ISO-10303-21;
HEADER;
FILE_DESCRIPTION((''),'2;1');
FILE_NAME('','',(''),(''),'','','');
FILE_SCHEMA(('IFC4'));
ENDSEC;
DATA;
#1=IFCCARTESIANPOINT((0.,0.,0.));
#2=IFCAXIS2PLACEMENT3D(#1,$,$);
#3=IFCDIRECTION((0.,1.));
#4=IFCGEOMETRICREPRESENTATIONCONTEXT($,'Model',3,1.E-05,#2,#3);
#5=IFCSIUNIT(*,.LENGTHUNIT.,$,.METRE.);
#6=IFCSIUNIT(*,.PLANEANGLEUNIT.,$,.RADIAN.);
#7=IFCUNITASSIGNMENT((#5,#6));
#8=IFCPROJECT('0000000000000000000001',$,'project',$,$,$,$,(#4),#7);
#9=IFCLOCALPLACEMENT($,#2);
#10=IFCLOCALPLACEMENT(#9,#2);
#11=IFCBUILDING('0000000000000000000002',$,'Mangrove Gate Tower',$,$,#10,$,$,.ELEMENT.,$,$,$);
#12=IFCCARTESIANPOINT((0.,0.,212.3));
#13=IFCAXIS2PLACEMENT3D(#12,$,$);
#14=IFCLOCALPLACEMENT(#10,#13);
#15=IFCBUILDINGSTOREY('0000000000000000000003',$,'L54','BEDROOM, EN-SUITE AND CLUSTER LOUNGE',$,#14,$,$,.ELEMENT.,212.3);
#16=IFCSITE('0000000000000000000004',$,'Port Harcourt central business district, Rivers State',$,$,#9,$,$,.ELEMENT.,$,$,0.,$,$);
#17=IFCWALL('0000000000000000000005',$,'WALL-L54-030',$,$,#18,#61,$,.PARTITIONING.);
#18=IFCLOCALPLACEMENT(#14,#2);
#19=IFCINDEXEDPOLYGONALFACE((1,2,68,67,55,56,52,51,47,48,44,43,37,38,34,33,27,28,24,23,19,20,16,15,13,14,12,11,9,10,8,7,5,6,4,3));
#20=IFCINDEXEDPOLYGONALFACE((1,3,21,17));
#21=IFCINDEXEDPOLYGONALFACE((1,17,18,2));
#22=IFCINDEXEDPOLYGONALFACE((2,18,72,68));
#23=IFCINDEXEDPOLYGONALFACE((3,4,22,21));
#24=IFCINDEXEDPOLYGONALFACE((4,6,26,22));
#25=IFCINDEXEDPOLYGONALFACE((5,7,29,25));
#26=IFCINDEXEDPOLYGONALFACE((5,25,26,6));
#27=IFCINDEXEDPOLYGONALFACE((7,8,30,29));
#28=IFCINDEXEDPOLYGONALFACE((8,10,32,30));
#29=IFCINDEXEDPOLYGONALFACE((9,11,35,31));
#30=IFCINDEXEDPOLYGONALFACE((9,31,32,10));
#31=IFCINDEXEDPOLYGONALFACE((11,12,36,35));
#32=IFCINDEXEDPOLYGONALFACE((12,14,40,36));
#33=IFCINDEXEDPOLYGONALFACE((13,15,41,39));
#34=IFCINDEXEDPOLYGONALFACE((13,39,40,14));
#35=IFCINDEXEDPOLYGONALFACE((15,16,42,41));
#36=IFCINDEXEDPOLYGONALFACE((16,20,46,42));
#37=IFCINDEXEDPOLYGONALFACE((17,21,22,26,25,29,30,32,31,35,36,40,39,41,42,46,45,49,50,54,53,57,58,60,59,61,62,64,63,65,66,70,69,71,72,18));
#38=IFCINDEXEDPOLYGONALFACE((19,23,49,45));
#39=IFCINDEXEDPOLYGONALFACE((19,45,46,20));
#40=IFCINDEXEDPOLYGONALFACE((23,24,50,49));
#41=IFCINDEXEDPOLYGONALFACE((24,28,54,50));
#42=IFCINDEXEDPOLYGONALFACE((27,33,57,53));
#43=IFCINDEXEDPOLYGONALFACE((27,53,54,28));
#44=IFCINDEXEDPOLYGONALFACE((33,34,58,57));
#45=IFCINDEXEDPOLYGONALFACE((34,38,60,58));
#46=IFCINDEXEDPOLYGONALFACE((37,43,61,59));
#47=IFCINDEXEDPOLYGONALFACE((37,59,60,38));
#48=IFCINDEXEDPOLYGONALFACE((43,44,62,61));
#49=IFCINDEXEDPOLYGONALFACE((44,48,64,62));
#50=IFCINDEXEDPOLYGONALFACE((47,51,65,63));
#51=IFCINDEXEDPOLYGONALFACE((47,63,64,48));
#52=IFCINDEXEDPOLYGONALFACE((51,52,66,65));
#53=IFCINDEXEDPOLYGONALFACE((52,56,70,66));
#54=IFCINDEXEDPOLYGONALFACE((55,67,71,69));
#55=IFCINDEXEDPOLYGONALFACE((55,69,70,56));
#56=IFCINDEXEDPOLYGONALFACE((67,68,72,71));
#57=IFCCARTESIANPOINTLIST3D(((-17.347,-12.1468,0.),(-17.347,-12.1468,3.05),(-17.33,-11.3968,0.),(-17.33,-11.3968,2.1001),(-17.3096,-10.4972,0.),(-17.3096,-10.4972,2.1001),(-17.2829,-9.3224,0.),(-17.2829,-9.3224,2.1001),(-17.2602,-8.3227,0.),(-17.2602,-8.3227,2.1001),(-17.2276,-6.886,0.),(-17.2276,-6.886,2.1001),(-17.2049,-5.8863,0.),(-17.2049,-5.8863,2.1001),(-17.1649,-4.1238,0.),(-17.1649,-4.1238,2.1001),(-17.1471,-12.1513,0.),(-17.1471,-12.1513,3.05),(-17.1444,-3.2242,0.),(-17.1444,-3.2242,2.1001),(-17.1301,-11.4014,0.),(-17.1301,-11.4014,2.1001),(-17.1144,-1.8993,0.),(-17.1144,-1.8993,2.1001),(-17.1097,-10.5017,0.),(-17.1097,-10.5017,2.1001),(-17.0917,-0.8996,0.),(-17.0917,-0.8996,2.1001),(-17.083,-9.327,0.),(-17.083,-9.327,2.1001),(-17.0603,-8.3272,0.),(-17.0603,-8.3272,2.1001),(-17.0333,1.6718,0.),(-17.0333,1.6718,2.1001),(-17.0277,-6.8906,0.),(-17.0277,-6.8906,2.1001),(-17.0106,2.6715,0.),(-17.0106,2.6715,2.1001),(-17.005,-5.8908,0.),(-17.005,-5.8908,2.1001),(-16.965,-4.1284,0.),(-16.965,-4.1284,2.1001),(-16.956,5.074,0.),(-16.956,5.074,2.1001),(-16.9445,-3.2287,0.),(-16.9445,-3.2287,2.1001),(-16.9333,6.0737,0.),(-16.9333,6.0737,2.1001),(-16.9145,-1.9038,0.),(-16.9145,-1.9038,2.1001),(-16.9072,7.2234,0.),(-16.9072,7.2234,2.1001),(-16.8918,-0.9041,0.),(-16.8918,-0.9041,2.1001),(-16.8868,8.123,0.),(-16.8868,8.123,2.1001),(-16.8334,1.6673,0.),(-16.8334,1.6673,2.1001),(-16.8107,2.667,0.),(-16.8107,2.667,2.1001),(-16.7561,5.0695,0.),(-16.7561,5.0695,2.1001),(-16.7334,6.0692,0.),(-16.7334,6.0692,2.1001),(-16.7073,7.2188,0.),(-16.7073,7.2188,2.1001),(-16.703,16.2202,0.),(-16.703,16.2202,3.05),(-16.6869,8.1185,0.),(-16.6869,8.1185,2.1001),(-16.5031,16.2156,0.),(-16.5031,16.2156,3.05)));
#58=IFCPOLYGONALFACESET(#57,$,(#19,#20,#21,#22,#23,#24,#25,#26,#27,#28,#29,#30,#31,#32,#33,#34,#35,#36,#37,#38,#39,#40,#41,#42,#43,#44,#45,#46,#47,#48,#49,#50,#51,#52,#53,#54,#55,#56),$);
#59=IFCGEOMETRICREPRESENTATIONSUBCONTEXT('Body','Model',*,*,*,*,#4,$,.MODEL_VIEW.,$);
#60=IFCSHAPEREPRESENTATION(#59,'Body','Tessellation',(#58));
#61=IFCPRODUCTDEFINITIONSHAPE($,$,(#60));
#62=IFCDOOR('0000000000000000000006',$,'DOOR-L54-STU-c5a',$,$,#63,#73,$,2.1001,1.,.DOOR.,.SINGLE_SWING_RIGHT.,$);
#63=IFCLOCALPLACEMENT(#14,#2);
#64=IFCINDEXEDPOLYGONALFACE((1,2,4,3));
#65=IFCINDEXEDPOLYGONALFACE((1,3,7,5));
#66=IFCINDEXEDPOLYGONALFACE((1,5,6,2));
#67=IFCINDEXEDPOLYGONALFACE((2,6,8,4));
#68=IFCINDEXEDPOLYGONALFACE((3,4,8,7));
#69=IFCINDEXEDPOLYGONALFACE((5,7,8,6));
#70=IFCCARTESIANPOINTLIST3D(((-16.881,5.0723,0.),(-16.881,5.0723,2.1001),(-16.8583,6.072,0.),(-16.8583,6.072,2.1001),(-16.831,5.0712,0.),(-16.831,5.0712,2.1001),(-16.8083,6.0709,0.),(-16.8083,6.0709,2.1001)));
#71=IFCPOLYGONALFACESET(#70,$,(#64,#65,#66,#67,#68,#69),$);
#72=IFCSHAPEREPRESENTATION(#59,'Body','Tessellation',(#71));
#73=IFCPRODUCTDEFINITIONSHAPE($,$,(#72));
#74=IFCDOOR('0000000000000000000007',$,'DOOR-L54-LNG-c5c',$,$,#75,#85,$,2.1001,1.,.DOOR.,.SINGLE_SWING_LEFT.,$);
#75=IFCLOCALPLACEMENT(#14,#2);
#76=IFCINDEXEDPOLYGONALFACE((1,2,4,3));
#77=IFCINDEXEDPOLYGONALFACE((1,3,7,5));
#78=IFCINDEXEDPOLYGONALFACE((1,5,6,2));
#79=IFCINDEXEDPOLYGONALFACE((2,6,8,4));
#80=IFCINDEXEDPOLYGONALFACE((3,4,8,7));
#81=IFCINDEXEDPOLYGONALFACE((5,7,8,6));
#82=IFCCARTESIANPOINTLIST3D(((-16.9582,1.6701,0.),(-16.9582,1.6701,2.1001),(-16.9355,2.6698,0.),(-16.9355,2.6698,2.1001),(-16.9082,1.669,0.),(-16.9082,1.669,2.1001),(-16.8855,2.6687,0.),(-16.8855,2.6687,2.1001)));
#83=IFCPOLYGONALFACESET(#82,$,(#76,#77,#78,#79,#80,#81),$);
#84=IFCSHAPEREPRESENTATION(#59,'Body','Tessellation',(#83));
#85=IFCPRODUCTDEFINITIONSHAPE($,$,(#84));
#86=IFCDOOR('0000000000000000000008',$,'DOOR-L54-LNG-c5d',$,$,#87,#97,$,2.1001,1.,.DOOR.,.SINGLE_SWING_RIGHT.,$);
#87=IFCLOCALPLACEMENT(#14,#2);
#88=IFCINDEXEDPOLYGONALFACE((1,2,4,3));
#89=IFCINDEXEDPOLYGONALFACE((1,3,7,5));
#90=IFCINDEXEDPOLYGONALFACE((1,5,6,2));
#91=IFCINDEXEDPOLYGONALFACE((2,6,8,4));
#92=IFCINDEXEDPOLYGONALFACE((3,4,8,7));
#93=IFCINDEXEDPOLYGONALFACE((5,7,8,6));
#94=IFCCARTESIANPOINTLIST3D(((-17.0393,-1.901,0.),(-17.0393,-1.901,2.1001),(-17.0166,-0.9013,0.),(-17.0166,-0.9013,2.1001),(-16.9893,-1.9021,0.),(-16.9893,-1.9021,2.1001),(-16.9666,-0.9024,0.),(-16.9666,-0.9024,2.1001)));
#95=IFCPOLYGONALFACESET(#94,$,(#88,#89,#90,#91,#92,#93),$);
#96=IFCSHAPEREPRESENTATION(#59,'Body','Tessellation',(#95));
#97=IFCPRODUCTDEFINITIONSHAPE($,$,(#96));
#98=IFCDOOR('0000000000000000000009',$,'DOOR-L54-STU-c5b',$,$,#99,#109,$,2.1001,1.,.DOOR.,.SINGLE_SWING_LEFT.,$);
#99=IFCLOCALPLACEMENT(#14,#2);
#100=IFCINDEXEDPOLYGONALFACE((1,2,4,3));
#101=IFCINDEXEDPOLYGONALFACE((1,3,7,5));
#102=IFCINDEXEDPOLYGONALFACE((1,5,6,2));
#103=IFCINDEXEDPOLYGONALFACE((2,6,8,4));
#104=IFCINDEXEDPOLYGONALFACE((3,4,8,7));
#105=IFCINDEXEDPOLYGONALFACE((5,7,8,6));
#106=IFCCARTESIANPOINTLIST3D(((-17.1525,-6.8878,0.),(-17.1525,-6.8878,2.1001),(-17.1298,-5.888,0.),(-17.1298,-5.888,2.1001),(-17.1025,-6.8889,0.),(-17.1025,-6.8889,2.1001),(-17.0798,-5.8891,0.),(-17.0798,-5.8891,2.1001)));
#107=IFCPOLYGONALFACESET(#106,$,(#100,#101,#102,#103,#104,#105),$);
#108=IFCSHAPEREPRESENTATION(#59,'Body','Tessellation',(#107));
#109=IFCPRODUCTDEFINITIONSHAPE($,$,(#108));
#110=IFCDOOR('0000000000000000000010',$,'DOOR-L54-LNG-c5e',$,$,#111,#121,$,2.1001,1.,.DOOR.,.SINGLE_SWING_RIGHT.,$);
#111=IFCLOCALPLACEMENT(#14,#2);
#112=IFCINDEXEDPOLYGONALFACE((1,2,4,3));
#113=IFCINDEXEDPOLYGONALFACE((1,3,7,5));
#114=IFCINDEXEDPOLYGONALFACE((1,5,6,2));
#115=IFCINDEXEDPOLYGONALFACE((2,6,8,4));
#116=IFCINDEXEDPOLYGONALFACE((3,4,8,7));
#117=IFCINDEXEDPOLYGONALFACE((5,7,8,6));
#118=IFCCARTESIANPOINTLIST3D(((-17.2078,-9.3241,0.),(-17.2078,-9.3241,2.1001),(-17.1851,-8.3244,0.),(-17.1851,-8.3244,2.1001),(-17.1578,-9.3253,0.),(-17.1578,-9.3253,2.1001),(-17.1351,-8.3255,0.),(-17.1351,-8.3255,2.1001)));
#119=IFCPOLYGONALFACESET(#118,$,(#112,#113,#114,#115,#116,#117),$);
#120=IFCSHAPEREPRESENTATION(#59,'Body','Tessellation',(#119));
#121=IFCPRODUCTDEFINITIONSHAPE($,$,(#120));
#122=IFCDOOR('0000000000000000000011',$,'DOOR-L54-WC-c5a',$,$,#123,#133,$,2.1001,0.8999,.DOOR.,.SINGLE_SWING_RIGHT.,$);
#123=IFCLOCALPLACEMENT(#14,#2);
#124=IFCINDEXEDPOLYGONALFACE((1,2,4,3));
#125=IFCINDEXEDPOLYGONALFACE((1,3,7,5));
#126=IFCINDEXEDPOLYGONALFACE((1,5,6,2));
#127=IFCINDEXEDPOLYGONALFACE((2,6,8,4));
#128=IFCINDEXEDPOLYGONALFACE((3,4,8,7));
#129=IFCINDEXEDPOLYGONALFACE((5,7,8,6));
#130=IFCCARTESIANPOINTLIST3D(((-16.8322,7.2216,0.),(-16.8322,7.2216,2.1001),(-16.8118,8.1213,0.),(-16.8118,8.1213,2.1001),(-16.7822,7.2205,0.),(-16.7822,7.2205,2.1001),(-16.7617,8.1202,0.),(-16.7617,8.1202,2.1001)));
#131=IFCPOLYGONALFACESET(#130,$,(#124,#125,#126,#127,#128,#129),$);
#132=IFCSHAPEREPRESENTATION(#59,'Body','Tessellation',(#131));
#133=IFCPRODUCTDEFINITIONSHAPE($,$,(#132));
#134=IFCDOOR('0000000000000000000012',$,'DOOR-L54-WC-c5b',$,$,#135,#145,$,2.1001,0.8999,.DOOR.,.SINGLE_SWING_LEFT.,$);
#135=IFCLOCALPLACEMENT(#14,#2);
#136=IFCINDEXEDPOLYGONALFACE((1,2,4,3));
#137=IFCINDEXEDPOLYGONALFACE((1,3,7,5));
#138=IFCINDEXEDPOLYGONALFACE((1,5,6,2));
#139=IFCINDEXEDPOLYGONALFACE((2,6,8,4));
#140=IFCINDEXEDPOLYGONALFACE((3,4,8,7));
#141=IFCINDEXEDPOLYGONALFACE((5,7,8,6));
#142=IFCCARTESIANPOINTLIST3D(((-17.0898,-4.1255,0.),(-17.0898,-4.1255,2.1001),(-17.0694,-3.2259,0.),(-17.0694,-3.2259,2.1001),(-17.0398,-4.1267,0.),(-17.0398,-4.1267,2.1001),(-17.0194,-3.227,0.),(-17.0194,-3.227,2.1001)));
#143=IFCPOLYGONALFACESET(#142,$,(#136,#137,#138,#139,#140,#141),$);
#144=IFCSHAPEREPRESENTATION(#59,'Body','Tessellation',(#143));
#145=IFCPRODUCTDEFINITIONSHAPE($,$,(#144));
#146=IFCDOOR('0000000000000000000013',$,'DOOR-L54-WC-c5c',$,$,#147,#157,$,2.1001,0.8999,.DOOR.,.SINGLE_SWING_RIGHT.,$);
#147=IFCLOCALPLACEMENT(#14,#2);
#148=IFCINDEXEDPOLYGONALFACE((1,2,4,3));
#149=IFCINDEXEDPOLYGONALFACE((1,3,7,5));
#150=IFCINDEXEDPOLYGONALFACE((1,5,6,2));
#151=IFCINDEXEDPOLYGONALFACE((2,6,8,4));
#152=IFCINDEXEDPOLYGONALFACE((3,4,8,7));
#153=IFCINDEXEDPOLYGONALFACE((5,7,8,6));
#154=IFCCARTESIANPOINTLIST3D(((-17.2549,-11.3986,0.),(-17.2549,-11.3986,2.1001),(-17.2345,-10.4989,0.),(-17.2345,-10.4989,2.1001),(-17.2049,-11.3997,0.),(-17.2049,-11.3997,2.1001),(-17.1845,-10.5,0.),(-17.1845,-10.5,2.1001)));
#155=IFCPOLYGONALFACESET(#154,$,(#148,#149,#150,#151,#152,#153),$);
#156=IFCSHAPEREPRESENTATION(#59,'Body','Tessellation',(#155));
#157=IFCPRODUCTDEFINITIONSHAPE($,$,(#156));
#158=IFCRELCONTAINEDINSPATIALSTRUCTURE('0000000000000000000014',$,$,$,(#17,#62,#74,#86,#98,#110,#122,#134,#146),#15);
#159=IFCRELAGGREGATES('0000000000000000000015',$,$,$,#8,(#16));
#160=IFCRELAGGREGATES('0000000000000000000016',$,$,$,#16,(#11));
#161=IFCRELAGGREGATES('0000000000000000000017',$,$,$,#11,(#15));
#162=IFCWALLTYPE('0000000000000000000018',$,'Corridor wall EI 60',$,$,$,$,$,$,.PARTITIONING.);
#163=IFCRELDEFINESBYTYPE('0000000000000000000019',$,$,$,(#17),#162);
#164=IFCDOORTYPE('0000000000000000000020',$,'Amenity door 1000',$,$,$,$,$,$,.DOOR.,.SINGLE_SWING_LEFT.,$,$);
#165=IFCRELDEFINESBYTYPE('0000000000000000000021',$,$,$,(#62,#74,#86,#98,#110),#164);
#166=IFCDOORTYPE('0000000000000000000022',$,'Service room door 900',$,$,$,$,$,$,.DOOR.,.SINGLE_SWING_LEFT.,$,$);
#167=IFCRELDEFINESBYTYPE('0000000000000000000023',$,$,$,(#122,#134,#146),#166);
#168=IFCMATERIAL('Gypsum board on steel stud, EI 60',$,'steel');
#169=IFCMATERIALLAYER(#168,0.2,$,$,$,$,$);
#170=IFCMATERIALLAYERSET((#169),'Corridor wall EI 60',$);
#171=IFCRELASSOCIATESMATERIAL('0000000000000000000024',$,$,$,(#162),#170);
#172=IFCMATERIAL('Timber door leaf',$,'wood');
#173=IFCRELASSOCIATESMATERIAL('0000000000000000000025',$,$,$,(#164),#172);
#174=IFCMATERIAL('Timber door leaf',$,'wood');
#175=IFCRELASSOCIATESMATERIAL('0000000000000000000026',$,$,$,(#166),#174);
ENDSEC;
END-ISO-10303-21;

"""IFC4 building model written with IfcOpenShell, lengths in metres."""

from ifc_helpers import new_model, si_unit, direction, frame, frame_2d, origin, place, context, subcontext, project, spatial, rectangle, extrude, material, layer, layer_set, type_object, element, fill, save


model = new_model("IFC4")

# Units and contexts
model_context = context("Model", 3, precision=1e-05, world=origin(), true_north=direction((0.0, 1.0)))
body_context = subcontext(model_context, "Body", "Model", "MODEL_VIEW")
ifc_project = project(units=[si_unit("LENGTHUNIT", "METRE"), si_unit("PLANEANGLEUNIT", "RADIAN")], contexts=[model_context])

# Site, building, storey
site_placement = place(None, origin())
site = spatial("IfcSite", under=ifc_project, at=site_placement, Name="Port Harcourt central business district, Rivers State", CompositionType="ELEMENT", RefElevation=0.0)
building_placement = place(site_placement, origin())
building = spatial("IfcBuilding", under=site, at=building_placement, Name="Mangrove Gate Tower", CompositionType="ELEMENT")
storey_placement = place(building_placement, frame((0.0, 0.0, 212.3)))
storey = spatial("IfcBuildingStorey", under=building, at=storey_placement, Name="L54", Description="BEDROOM, EN-SUITE AND CLUSTER LOUNGE", CompositionType="ELEMENT", Elevation=212.3)

# Wall, openings, doors
ifc_material_1 = material(Name="Gypsum board on steel stud, EI 60", Category="steel")
ifc_layer_1 = layer(ifc_material_1, 0.2)
ifc_layer_set_1 = layer_set([ifc_layer_1], Name="Corridor wall EI 60")
wall_type_1 = type_object("IfcWallType", Name="Corridor wall EI 60", PredefinedType="PARTITIONING", material=ifc_layer_set_1)
wall_1_placement = place(storey_placement, frame((-17.2471, -12.1489, 0.0), z_axis=(0.0, 0.0, 1.0), x_axis=(0.022698, 0.999742, 0.0)))
wall_1 = element("IfcWall", 1, at=wall_1_placement, inside=storey, type_object=wall_type_1, Name="WALL-L54-030", PredefinedType="PARTITIONING", context=body_context, shape_type="SweptSolid", body=[
    extrude(rectangle(XDim=28.3743, YDim=0.2, at=frame_2d((14.187, 0.0))), origin(), (0.0, 0.0, 1.0), 3.05),
])
opening_1_placement = place(wall_1_placement, frame((17.2251, 0.0, 0.0)))
opening_1 = element("IfcOpeningElement", 2, at=opening_1_placement, cuts=wall_1, PredefinedType="OPENING", context=body_context, shape_type="SweptSolid", body=[
    extrude(rectangle(XDim=1.0, YDim=2.1001, at=frame_2d((0.5, 1.05))), frame((0.0, 0.1099, 0.0), z_axis=(0.0, -1.0, 0.0), x_axis=(1.0, 0.0, 0.0)), (0.0, 0.0, 1.0), 0.22),
])
opening_2_placement = place(wall_1_placement, frame((19.375, 0.0, 0.0)))
opening_2 = element("IfcOpeningElement", 3, at=opening_2_placement, cuts=wall_1, PredefinedType="OPENING", context=body_context, shape_type="SweptSolid", body=[
    extrude(rectangle(XDim=0.8999, YDim=2.1001, at=frame_2d((0.45, 1.05))), frame((0.0, 0.1099, 0.0), z_axis=(0.0, -1.0, 0.0), x_axis=(1.0, 0.0, 0.0)), (0.0, 0.0, 1.0), 0.22),
])
opening_3_placement = place(wall_1_placement, frame((13.822, 0.0, 0.0)))
opening_3 = element("IfcOpeningElement", 4, at=opening_3_placement, cuts=wall_1, PredefinedType="OPENING", context=body_context, shape_type="SweptSolid", body=[
    extrude(rectangle(XDim=1.0, YDim=2.1001, at=frame_2d((0.5, 1.05))), frame((0.0, 0.1099, 0.0), z_axis=(0.0, -1.0, 0.0), x_axis=(1.0, 0.0, 0.0)), (0.0, 0.0, 1.0), 0.22),
])
opening_4_placement = place(wall_1_placement, frame((10.25, 0.0, 0.0)))
opening_4 = element("IfcOpeningElement", 5, at=opening_4_placement, cuts=wall_1, PredefinedType="OPENING", context=body_context, shape_type="SweptSolid", body=[
    extrude(rectangle(XDim=1.0, YDim=2.1001, at=frame_2d((0.5, 1.05))), frame((0.0, 0.1099, 0.0), z_axis=(0.0, -1.0, 0.0), x_axis=(1.0, 0.0, 0.0)), (0.0, 0.0, 1.0), 0.22),
])
opening_5_placement = place(wall_1_placement, frame((8.0249, 0.0, 0.0)))
opening_5 = element("IfcOpeningElement", 6, at=opening_5_placement, cuts=wall_1, PredefinedType="OPENING", context=body_context, shape_type="SweptSolid", body=[
    extrude(rectangle(XDim=0.8999, YDim=2.1001, at=frame_2d((0.45, 1.05))), frame((0.0, 0.1099, 0.0), z_axis=(0.0, -1.0, 0.0), x_axis=(1.0, 0.0, 0.0)), (0.0, 0.0, 1.0), 0.22),
])
opening_6_placement = place(wall_1_placement, frame((5.262, 0.0, 0.0)))
opening_6 = element("IfcOpeningElement", 7, at=opening_6_placement, cuts=wall_1, PredefinedType="OPENING", context=body_context, shape_type="SweptSolid", body=[
    extrude(rectangle(XDim=1.0, YDim=2.1001, at=frame_2d((0.5, 1.05))), frame((0.0, 0.1099, 0.0), z_axis=(0.0, -1.0, 0.0), x_axis=(1.0, 0.0, 0.0)), (0.0, 0.0, 1.0), 0.22),
])
opening_7_placement = place(wall_1_placement, frame((2.825, 0.0, 0.0)))
opening_7 = element("IfcOpeningElement", 8, at=opening_7_placement, cuts=wall_1, PredefinedType="OPENING", context=body_context, shape_type="SweptSolid", body=[
    extrude(rectangle(XDim=1.0, YDim=2.1001, at=frame_2d((0.5, 1.05))), frame((0.0, 0.1099, 0.0), z_axis=(0.0, -1.0, 0.0), x_axis=(1.0, 0.0, 0.0)), (0.0, 0.0, 1.0), 0.22),
])
opening_8_placement = place(wall_1_placement, frame((0.75, 0.0, 0.0)))
opening_8 = element("IfcOpeningElement", 9, at=opening_8_placement, cuts=wall_1, PredefinedType="OPENING", context=body_context, shape_type="SweptSolid", body=[
    extrude(rectangle(XDim=0.8999, YDim=2.1001, at=frame_2d((0.45, 1.05))), frame((0.0, 0.1099, 0.0), z_axis=(0.0, -1.0, 0.0), x_axis=(1.0, 0.0, 0.0)), (0.0, 0.0, 1.0), 0.22),
])
ifc_material_2 = material(Name="Timber door leaf", Category="wood")
door_type_1 = type_object("IfcDoorType", Name="Amenity door 1000", OperationType="SINGLE_SWING_LEFT", PredefinedType="DOOR", material=ifc_material_2)
door_1_placement = place(opening_1_placement, origin())
door_1 = element("IfcDoor", 10, at=door_1_placement, inside=storey, type_object=door_type_1, Name="DOOR-L54-STU-c5a", OperationType="SINGLE_SWING_RIGHT", OverallHeight=2.1001, OverallWidth=1.0, PredefinedType="DOOR", context=body_context, shape_type="SweptSolid", body=[
    extrude(rectangle(XDim=1.0, YDim=2.1001, at=frame_2d((0.5, 1.05))), frame((0.0, 0.0249, 0.0), z_axis=(0.0, -1.0, 0.0), x_axis=(1.0, 0.0, 0.0)), (0.0, 0.0, 1.0), 0.05),
])
fill(opening_1, door_1)
door_2_placement = place(opening_3_placement, origin())
door_2 = element("IfcDoor", 11, at=door_2_placement, inside=storey, type_object=door_type_1, Name="DOOR-L54-LNG-c5c", OperationType="SINGLE_SWING_LEFT", OverallHeight=2.1001, OverallWidth=1.0, PredefinedType="DOOR", context=body_context, shape_type="SweptSolid", body=[
    extrude(rectangle(XDim=1.0, YDim=2.1001, at=frame_2d((0.5, 1.05))), frame((0.0, 0.0249, 0.0), z_axis=(0.0, -1.0, 0.0), x_axis=(1.0, 0.0, 0.0)), (0.0, 0.0, 1.0), 0.05),
])
fill(opening_3, door_2)
door_3_placement = place(opening_4_placement, origin())
door_3 = element("IfcDoor", 12, at=door_3_placement, inside=storey, type_object=door_type_1, Name="DOOR-L54-LNG-c5d", OperationType="SINGLE_SWING_RIGHT", OverallHeight=2.1001, OverallWidth=1.0, PredefinedType="DOOR", context=body_context, shape_type="SweptSolid", body=[
    extrude(rectangle(XDim=1.0, YDim=2.1001, at=frame_2d((0.5, 1.05))), frame((0.0, 0.0249, 0.0), z_axis=(0.0, -1.0, 0.0), x_axis=(1.0, 0.0, 0.0)), (0.0, 0.0, 1.0), 0.05),
])
fill(opening_4, door_3)
door_4_placement = place(opening_6_placement, origin())
door_4 = element("IfcDoor", 13, at=door_4_placement, inside=storey, type_object=door_type_1, Name="DOOR-L54-STU-c5b", OperationType="SINGLE_SWING_LEFT", OverallHeight=2.1001, OverallWidth=1.0, PredefinedType="DOOR", context=body_context, shape_type="SweptSolid", body=[
    extrude(rectangle(XDim=1.0, YDim=2.1001, at=frame_2d((0.5, 1.05))), frame((0.0, 0.0249, 0.0), z_axis=(0.0, -1.0, 0.0), x_axis=(1.0, 0.0, 0.0)), (0.0, 0.0, 1.0), 0.05),
])
fill(opening_6, door_4)
door_5_placement = place(opening_7_placement, origin())
door_5 = element("IfcDoor", 14, at=door_5_placement, inside=storey, type_object=door_type_1, Name="DOOR-L54-LNG-c5e", OperationType="SINGLE_SWING_RIGHT", OverallHeight=2.1001, OverallWidth=1.0, PredefinedType="DOOR", context=body_context, shape_type="SweptSolid", body=[
    extrude(rectangle(XDim=1.0, YDim=2.1001, at=frame_2d((0.5, 1.05))), frame((0.0, 0.0249, 0.0), z_axis=(0.0, -1.0, 0.0), x_axis=(1.0, 0.0, 0.0)), (0.0, 0.0, 1.0), 0.05),
])
fill(opening_7, door_5)
ifc_material_3 = material(Name="Timber door leaf", Category="wood")
door_type_2 = type_object("IfcDoorType", Name="Service room door 900", OperationType="SINGLE_SWING_LEFT", PredefinedType="DOOR", material=ifc_material_3)
door_6_placement = place(opening_2_placement, origin())
door_6 = element("IfcDoor", 15, at=door_6_placement, inside=storey, type_object=door_type_2, Name="DOOR-L54-WC-c5a", OperationType="SINGLE_SWING_RIGHT", OverallHeight=2.1001, OverallWidth=0.8999, PredefinedType="DOOR", context=body_context, shape_type="SweptSolid", body=[
    extrude(rectangle(XDim=0.8999, YDim=2.1001, at=frame_2d((0.45, 1.05))), frame((0.0, 0.0249, 0.0), z_axis=(0.0, -1.0, 0.0), x_axis=(1.0, 0.0, 0.0)), (0.0, 0.0, 1.0), 0.05),
])
fill(opening_2, door_6)
door_7_placement = place(opening_5_placement, origin())
door_7 = element("IfcDoor", 16, at=door_7_placement, inside=storey, type_object=door_type_2, Name="DOOR-L54-WC-c5b", OperationType="SINGLE_SWING_LEFT", OverallHeight=2.1001, OverallWidth=0.8999, PredefinedType="DOOR", context=body_context, shape_type="SweptSolid", body=[
    extrude(rectangle(XDim=0.8999, YDim=2.1001, at=frame_2d((0.45, 1.05))), frame((0.0, 0.0249, 0.0), z_axis=(0.0, -1.0, 0.0), x_axis=(1.0, 0.0, 0.0)), (0.0, 0.0, 1.0), 0.05),
])
fill(opening_5, door_7)
door_8_placement = place(opening_8_placement, origin())
door_8 = element("IfcDoor", 17, at=door_8_placement, inside=storey, type_object=door_type_2, Name="DOOR-L54-WC-c5c", OperationType="SINGLE_SWING_RIGHT", OverallHeight=2.1001, OverallWidth=0.8999, PredefinedType="DOOR", context=body_context, shape_type="SweptSolid", body=[
    extrude(rectangle(XDim=0.8999, YDim=2.1001, at=frame_2d((0.45, 1.05))), frame((0.0, 0.0249, 0.0), z_axis=(0.0, -1.0, 0.0), x_axis=(1.0, 0.0, 0.0)), (0.0, 0.0, 1.0), 0.05),
])
fill(opening_8, door_8)

save(model, "model.ifc")
